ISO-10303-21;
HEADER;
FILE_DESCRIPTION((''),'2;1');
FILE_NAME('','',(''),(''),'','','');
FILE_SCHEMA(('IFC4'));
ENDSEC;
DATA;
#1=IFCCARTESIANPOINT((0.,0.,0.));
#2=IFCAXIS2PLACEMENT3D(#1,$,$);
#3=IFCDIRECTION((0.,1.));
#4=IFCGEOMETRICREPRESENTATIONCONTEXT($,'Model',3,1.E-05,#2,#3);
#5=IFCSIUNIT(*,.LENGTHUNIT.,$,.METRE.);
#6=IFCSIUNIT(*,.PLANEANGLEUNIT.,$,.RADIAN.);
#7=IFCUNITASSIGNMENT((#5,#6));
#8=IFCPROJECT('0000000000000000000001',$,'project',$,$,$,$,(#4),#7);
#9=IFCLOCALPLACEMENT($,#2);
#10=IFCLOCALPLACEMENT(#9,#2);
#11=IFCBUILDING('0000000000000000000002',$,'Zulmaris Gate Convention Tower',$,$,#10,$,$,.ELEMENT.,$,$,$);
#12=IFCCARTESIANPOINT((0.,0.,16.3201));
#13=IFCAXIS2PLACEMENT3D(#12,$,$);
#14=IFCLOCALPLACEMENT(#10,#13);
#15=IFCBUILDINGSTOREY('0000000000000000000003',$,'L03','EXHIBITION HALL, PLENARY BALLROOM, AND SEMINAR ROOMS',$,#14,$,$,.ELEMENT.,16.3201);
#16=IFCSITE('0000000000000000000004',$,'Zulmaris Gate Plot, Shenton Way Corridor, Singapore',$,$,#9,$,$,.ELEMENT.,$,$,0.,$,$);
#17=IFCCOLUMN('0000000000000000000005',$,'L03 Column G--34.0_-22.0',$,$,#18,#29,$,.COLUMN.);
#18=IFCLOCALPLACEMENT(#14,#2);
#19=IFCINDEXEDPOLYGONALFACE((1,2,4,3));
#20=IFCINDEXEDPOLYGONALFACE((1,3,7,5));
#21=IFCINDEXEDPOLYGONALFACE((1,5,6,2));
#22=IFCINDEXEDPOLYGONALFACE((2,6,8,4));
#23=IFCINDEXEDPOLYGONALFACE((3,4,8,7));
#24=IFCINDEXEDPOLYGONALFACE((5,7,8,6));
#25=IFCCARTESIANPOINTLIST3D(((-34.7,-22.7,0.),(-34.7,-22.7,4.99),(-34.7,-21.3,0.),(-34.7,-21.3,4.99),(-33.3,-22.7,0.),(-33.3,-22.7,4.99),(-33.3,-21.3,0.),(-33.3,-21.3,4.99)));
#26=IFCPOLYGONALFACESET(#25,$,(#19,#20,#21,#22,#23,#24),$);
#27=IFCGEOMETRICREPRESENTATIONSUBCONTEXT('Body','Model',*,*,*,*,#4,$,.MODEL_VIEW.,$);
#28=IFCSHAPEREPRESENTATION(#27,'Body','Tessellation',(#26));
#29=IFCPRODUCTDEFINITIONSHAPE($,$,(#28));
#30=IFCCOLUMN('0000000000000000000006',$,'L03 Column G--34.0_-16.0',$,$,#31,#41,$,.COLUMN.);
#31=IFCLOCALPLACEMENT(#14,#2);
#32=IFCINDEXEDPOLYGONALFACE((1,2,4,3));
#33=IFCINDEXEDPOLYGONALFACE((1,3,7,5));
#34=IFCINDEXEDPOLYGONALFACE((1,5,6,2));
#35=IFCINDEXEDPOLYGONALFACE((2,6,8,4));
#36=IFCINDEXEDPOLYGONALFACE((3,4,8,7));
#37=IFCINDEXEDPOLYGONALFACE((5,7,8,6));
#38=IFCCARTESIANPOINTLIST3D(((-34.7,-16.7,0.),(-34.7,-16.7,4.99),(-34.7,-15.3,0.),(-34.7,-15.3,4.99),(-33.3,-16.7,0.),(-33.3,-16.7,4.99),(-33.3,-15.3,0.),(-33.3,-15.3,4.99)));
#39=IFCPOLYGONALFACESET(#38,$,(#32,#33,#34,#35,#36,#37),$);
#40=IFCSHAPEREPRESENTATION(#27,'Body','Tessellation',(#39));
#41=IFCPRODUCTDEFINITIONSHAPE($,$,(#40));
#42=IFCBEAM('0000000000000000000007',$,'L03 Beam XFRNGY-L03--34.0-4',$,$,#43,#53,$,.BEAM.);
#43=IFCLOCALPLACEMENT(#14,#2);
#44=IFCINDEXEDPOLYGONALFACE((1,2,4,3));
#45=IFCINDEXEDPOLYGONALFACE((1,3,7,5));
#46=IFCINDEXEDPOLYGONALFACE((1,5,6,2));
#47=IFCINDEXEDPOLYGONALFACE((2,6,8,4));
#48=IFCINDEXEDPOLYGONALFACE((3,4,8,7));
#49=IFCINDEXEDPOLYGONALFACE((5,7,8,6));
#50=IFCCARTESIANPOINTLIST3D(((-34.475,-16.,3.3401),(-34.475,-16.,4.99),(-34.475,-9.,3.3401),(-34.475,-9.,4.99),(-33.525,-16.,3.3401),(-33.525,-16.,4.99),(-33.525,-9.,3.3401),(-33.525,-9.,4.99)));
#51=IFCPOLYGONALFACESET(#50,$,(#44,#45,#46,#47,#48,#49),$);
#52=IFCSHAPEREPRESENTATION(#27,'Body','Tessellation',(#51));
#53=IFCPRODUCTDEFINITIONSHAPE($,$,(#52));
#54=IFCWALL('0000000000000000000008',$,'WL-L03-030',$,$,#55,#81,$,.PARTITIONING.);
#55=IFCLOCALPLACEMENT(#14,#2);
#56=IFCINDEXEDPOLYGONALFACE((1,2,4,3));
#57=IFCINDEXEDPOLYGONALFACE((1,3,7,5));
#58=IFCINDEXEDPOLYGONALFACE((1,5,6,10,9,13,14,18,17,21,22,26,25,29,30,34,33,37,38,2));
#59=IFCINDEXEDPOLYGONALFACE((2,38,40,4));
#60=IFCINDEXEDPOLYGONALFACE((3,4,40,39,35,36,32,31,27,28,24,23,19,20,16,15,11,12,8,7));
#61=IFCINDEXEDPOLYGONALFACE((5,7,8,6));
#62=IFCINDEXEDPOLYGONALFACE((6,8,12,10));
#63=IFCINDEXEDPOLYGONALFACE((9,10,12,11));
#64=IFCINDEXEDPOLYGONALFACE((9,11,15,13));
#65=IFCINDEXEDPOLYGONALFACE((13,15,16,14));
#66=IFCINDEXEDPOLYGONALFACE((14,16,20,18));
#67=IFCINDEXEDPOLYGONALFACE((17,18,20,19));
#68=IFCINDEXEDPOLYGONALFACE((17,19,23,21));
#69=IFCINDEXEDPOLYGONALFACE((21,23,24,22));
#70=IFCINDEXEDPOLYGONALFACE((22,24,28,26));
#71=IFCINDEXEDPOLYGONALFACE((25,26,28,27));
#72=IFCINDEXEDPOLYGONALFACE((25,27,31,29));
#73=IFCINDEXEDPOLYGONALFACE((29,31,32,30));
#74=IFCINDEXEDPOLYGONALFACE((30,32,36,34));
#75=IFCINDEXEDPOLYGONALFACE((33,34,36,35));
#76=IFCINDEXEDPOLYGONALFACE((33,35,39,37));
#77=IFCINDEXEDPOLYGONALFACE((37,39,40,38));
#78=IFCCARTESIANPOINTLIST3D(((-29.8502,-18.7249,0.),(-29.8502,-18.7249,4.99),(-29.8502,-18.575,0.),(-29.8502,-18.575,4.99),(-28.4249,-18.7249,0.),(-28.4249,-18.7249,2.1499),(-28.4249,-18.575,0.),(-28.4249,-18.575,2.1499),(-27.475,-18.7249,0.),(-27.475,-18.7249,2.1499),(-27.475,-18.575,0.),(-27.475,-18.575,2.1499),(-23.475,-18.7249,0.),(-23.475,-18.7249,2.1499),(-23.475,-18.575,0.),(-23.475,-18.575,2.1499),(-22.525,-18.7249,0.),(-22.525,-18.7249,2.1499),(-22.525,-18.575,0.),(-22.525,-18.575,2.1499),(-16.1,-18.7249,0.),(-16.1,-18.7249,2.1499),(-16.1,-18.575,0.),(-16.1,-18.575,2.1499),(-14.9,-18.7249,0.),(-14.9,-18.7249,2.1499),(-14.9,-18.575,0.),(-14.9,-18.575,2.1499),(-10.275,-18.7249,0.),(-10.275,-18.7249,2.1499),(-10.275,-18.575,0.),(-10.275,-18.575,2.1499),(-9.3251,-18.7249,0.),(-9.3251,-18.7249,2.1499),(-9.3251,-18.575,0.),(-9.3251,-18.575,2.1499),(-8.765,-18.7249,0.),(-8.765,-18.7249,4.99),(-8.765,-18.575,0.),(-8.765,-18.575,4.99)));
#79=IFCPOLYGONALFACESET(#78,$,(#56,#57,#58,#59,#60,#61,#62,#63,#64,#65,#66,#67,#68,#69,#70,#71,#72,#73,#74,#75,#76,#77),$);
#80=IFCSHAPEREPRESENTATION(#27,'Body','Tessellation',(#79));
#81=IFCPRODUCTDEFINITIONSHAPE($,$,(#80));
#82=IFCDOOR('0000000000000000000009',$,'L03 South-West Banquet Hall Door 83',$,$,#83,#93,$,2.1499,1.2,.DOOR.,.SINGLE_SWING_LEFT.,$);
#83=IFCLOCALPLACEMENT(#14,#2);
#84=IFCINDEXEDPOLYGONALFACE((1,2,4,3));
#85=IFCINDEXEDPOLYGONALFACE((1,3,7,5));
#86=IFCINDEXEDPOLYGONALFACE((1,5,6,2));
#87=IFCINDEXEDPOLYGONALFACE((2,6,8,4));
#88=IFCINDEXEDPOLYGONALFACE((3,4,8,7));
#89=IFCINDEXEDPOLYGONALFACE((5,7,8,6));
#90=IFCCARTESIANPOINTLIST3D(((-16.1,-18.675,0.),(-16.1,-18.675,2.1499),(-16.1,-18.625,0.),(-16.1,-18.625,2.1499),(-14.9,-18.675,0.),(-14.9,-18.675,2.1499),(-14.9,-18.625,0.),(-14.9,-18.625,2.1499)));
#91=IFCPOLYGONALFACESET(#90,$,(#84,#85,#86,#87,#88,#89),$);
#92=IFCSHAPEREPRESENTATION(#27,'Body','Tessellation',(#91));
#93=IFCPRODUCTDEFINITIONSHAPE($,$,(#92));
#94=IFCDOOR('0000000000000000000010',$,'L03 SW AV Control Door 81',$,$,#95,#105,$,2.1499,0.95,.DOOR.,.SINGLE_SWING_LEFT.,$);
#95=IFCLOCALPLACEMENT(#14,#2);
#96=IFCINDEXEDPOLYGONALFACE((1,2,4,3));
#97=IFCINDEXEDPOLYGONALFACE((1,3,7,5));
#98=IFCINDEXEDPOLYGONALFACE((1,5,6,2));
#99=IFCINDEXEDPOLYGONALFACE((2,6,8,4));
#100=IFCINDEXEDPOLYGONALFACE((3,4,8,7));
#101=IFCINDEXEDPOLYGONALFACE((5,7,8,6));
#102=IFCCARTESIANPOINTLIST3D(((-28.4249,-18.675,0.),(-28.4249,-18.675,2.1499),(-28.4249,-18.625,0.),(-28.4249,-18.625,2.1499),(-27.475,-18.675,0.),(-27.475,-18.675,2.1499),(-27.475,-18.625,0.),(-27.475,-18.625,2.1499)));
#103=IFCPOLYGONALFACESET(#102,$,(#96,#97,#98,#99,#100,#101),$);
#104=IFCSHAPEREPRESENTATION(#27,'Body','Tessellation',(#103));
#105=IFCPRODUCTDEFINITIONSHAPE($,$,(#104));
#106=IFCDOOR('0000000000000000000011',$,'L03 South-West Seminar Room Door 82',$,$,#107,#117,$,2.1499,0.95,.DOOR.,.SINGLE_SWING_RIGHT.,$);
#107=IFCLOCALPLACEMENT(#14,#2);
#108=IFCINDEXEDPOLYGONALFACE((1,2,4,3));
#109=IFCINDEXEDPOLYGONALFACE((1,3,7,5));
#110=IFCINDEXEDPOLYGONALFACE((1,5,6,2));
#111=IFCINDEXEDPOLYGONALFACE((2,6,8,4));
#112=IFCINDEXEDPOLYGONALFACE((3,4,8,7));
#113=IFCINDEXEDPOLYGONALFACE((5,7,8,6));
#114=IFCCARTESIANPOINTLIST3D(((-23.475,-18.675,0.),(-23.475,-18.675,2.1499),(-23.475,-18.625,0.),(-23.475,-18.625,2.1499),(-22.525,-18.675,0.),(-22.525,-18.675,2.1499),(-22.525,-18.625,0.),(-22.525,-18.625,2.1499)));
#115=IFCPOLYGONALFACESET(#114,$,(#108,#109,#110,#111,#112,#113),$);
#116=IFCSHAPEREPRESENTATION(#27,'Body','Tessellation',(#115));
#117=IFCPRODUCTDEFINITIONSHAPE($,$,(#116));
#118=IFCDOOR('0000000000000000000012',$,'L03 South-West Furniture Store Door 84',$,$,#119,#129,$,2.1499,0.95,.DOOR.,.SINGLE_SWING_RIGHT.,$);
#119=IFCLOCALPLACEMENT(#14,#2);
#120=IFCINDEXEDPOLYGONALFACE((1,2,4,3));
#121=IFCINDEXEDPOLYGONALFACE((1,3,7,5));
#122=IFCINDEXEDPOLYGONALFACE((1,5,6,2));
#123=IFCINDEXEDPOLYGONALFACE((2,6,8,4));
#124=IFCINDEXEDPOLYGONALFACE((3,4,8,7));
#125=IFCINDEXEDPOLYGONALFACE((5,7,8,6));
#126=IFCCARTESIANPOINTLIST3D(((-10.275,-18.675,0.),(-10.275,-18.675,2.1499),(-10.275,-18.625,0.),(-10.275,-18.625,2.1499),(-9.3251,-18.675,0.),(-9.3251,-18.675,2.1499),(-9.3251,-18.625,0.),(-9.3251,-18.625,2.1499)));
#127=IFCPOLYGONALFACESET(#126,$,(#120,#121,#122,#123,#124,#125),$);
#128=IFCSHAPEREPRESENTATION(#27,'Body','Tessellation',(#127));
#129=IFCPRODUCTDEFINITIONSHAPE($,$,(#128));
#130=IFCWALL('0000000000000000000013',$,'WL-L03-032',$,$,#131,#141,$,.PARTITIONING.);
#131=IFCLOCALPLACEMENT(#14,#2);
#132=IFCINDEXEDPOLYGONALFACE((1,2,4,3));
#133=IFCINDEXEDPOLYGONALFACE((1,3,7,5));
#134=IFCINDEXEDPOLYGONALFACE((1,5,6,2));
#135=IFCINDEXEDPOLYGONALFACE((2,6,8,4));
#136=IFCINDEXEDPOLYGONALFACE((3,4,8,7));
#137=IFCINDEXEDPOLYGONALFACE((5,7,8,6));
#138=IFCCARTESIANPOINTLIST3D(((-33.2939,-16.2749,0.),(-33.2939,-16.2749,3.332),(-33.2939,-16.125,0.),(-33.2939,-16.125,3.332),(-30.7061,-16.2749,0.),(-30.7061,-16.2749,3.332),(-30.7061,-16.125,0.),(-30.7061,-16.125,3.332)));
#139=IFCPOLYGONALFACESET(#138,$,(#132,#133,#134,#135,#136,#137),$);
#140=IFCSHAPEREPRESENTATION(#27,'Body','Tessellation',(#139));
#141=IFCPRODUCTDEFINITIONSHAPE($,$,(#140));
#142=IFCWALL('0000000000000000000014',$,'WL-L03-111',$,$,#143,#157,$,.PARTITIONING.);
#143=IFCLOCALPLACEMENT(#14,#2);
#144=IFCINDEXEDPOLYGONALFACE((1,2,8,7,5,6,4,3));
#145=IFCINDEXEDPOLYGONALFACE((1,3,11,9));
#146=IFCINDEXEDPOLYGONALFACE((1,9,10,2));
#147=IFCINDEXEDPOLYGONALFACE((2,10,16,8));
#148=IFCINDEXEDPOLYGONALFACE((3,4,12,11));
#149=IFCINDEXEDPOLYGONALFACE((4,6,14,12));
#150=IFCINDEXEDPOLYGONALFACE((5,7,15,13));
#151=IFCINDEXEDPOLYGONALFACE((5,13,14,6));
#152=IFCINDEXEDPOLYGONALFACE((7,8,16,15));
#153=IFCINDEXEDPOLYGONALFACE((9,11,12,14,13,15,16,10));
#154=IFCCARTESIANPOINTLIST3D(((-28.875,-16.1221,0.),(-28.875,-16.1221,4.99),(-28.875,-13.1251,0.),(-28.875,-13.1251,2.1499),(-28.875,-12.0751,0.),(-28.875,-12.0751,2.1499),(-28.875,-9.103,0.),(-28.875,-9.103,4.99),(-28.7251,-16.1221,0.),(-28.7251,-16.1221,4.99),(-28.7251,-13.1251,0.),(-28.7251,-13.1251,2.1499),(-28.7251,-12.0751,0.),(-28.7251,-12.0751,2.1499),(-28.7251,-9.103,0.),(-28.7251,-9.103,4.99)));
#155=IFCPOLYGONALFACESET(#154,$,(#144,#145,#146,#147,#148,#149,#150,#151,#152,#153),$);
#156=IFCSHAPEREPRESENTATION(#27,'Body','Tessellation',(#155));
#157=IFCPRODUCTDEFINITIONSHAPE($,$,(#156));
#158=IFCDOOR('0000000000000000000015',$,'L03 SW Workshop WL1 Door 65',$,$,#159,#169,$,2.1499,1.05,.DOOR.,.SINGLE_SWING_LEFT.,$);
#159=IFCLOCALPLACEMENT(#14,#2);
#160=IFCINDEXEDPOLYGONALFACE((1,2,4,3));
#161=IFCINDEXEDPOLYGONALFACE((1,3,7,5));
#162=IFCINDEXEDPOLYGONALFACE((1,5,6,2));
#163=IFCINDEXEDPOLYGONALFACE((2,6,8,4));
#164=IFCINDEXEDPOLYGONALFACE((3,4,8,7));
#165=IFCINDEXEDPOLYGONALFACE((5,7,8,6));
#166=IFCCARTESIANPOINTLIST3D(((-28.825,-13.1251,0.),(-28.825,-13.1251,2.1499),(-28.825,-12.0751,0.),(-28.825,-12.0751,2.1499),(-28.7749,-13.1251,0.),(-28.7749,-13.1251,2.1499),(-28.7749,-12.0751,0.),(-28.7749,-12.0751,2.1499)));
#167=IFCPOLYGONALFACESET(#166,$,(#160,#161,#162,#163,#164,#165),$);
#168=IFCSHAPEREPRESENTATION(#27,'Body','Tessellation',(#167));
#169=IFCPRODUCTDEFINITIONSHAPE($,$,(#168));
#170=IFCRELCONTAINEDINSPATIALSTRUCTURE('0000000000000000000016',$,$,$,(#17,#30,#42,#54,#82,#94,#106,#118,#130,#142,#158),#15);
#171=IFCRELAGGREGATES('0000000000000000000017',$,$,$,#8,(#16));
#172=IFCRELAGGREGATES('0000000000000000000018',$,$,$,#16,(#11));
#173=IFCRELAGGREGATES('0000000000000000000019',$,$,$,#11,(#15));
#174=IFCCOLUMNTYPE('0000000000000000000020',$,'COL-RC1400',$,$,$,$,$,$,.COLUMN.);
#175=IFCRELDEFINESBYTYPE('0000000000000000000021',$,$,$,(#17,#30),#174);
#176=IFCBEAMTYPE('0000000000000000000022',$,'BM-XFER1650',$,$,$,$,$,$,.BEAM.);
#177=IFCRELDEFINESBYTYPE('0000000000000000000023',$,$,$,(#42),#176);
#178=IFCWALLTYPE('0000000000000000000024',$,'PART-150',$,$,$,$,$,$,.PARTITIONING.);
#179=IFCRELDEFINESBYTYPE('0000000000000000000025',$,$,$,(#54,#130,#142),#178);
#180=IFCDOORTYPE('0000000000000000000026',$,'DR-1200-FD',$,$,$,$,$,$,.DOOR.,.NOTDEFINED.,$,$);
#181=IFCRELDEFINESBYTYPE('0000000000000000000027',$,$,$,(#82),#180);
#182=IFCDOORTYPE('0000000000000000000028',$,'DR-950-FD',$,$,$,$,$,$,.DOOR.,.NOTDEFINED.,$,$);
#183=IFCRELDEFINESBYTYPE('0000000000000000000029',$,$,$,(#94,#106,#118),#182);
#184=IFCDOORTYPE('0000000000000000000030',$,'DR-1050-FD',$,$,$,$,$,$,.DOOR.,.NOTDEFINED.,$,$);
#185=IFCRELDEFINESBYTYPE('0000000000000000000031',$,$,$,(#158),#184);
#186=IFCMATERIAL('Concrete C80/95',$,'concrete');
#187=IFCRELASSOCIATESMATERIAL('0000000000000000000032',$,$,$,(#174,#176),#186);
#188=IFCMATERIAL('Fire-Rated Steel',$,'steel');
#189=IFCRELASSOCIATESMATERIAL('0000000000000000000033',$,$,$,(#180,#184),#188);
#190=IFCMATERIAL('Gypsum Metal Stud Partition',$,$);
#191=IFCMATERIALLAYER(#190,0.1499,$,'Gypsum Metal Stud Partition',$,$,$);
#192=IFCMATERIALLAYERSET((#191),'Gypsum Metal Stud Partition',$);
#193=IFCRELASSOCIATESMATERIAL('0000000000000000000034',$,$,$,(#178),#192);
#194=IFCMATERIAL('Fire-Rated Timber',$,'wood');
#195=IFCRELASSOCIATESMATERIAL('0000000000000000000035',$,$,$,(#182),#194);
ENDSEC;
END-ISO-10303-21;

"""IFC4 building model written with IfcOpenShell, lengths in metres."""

from ifc_helpers import new_model, si_unit, direction, frame, frame_2d, origin, origin_2d, place, context, subcontext, project, spatial, rectangle, extrude, material, layer, layer_set, material_profile, profile_set, type_object, element, fill, save


model = new_model("IFC4")

# Units and contexts
model_context = context("Model", 3, precision=1e-05, world=origin(), true_north=direction((0.0, 1.0)))
body_context = subcontext(model_context, "Body", "Model", "MODEL_VIEW")
ifc_project = project(units=[si_unit("LENGTHUNIT", "METRE"), si_unit("PLANEANGLEUNIT", "RADIAN")], contexts=[model_context])

# Site, building, storey
site_placement = place(None, origin())
site = spatial("IfcSite", under=ifc_project, at=site_placement, Name="Zulmaris Gate Plot, Shenton Way Corridor, Singapore", CompositionType="ELEMENT", RefElevation=0.0)
building_placement = place(site_placement, origin())
building = spatial("IfcBuilding", under=site, at=building_placement, Name="Zulmaris Gate Convention Tower", CompositionType="ELEMENT")
storey_placement = place(building_placement, frame((0.0, 0.0, 16.3201)))
storey = spatial("IfcBuildingStorey", under=building, at=storey_placement, Name="L03", Description="EXHIBITION HALL, PLENARY BALLROOM, AND SEMINAR ROOMS", CompositionType="ELEMENT", Elevation=16.3201)

# Columns
ifc_material_1 = material(Name="Concrete C80/95", Category="concrete")
ifc_material_profile_1 = material_profile(ifc_material_1, rectangle(XDim=1.3999, YDim=1.3999, at=origin_2d()), Name="RC COL 1400x1400")
ifc_profile_set_1 = profile_set([ifc_material_profile_1], Name="Concrete C80/95")
column_type = type_object("IfcColumnType", Name="COL-RC1400", PredefinedType="COLUMN", material=ifc_profile_set_1)
for number, where, z_axis, x_axis, name in (
    (1, (-34.0, -22.0, 0.0), (0.0, 0.0, 1.0), (1.0, 0.0, 0.0), "L03 Column G--34.0_-22.0"),
    (2, (-34.0, -16.0, 0.0), (0.0, 0.0, 1.0), (1.0, 0.0, 0.0), "L03 Column G--34.0_-16.0"),
):
    element("IfcColumn", number, at=place(storey_placement, frame(where, z_axis=z_axis, x_axis=x_axis)), inside=storey, type_object=column_type, Name=name, PredefinedType="COLUMN", context=body_context, shape_type="SweptSolid", body=[
        extrude(rectangle(XDim=1.3999, YDim=1.3999, at=origin_2d()), origin(), (0.0, 0.0, 1.0), 4.99),
    ])

# Beam
ifc_material_profile_2 = material_profile(ifc_material_1, rectangle(XDim=0.95, YDim=1.6499, at=origin_2d()), Name="RC TRANSFER 950x1650")
ifc_profile_set_2 = profile_set([ifc_material_profile_2], Name="Concrete C80/95")
beam_type = type_object("IfcBeamType", Name="BM-XFER1650", PredefinedType="BEAM", material=ifc_profile_set_2)
beam_placement = place(storey_placement, frame((-34.0, -16.0, 4.165), z_axis=(0.0, 1.0, 0.0), x_axis=(-1.0, 0.0, 0.0)))
element("IfcBeam", 3, at=beam_placement, inside=storey, type_object=beam_type, Name="L03 Beam XFRNGY-L03--34.0-4", PredefinedType="BEAM", context=body_context, shape_type="SweptSolid", body=[
    extrude(rectangle(XDim=0.95, YDim=1.6499, at=origin_2d()), origin(), (0.0, 0.0, 1.0), 7.0),
])

# Shared definitions
ifc_material_2 = material(Name="Fire-Rated Steel", Category="steel")
door_type_1 = type_object("IfcDoorType", Name="DR-1200-FD", OperationType="NOTDEFINED", PredefinedType="DOOR", material=ifc_material_2)

# Wall, openings, doors
ifc_material_3 = material(Name="Gypsum Metal Stud Partition")
ifc_layer_1 = layer(ifc_material_3, 0.1499, Name="Gypsum Metal Stud Partition")
ifc_layer_set_1 = layer_set([ifc_layer_1], Name="Gypsum Metal Stud Partition")
wall_type_1 = type_object("IfcWallType", Name="PART-150", PredefinedType="PARTITIONING", material=ifc_layer_set_1)
wall_1_placement = place(storey_placement, frame((-29.8501, -18.6499, 0.0), z_axis=(0.0, 0.0, 1.0), x_axis=(1.0, 0.0, 0.0)))
wall_1 = element("IfcWall", 4, at=wall_1_placement, inside=storey, type_object=wall_type_1, Name="WL-L03-030", PredefinedType="PARTITIONING", context=body_context, shape_type="SweptSolid", body=[
    extrude(rectangle(XDim=21.0852, YDim=0.1499, at=frame_2d((10.5425, 0.0))), origin(), (0.0, 0.0, 1.0), 4.99),
])
opening_1_placement = place(wall_1_placement, frame((1.425, 0.0, 0.0)))
opening_1 = element("IfcOpeningElement", 5, at=opening_1_placement, cuts=wall_1, PredefinedType="OPENING", context=body_context, shape_type="SweptSolid", body=[
    extrude(rectangle(XDim=0.95, YDim=2.1499, at=frame_2d((0.4751, 1.075))), frame((0.0, 0.085, 0.0), z_axis=(0.0, -1.0, 0.0), x_axis=(1.0, 0.0, 0.0)), (0.0, 0.0, 1.0), 0.1699),
])
opening_2_placement = place(wall_1_placement, frame((6.375, 0.0, 0.0)))
opening_2 = element("IfcOpeningElement", 6, at=opening_2_placement, cuts=wall_1, PredefinedType="OPENING", context=body_context, shape_type="SweptSolid", body=[
    extrude(rectangle(XDim=0.95, YDim=2.1499, at=frame_2d((0.4751, 1.075))), frame((0.0, 0.085, 0.0), z_axis=(0.0, -1.0, 0.0), x_axis=(1.0, 0.0, 0.0)), (0.0, 0.0, 1.0), 0.1699),
])
opening_3_placement = place(wall_1_placement, frame((13.75, 0.0, 0.0)))
opening_3 = element("IfcOpeningElement", 7, at=opening_3_placement, cuts=wall_1, PredefinedType="OPENING", context=body_context, shape_type="SweptSolid", body=[
    extrude(rectangle(XDim=1.2, YDim=2.1499, at=frame_2d((0.6001, 1.075))), frame((0.0, 0.085, 0.0), z_axis=(0.0, -1.0, 0.0), x_axis=(1.0, 0.0, 0.0)), (0.0, 0.0, 1.0), 0.1699),
])
opening_4_placement = place(wall_1_placement, frame((19.575, 0.0, 0.0)))
opening_4 = element("IfcOpeningElement", 8, at=opening_4_placement, cuts=wall_1, PredefinedType="OPENING", context=body_context, shape_type="SweptSolid", body=[
    extrude(rectangle(XDim=0.95, YDim=2.1499, at=frame_2d((0.4751, 1.075))), frame((0.0, 0.085, 0.0), z_axis=(0.0, -1.0, 0.0), x_axis=(1.0, 0.0, 0.0)), (0.0, 0.0, 1.0), 0.1699),
])
door_1_placement = place(opening_3_placement, origin())
door_1 = element("IfcDoor", 9, at=door_1_placement, inside=storey, type_object=door_type_1, Name="L03 South-West Banquet Hall Door 83", OperationType="SINGLE_SWING_LEFT", OverallHeight=2.1499, OverallWidth=1.2, PredefinedType="DOOR", context=body_context, shape_type="SweptSolid", body=[
    extrude(rectangle(XDim=1.2, YDim=2.1499, at=frame_2d((0.6001, 1.075))), frame((0.0, 0.0249, 0.0), z_axis=(0.0, -1.0, 0.0), x_axis=(1.0, 0.0, 0.0)), (0.0, 0.0, 1.0), 0.05),
])
fill(opening_3, door_1)
ifc_material_4 = material(Name="Fire-Rated Timber", Category="wood")
door_type_2 = type_object("IfcDoorType", Name="DR-950-FD", OperationType="NOTDEFINED", PredefinedType="DOOR", material=ifc_material_4)
door_2_placement = place(opening_1_placement, origin())
door_2 = element("IfcDoor", 10, at=door_2_placement, inside=storey, type_object=door_type_2, Name="L03 SW AV Control Door 81", OperationType="SINGLE_SWING_LEFT", OverallHeight=2.1499, OverallWidth=0.95, PredefinedType="DOOR", context=body_context, shape_type="SweptSolid", body=[
    extrude(rectangle(XDim=0.95, YDim=2.1499, at=frame_2d((0.4751, 1.075))), frame((0.0, 0.0249, 0.0), z_axis=(0.0, -1.0, 0.0), x_axis=(1.0, 0.0, 0.0)), (0.0, 0.0, 1.0), 0.05),
])
fill(opening_1, door_2)
door_3_placement = place(opening_2_placement, origin())
door_3 = element("IfcDoor", 11, at=door_3_placement, inside=storey, type_object=door_type_2, Name="L03 South-West Seminar Room Door 82", OperationType="SINGLE_SWING_RIGHT", OverallHeight=2.1499, OverallWidth=0.95, PredefinedType="DOOR", context=body_context, shape_type="SweptSolid", body=[
    extrude(rectangle(XDim=0.95, YDim=2.1499, at=frame_2d((0.4751, 1.075))), frame((0.0, 0.0249, 0.0), z_axis=(0.0, -1.0, 0.0), x_axis=(1.0, 0.0, 0.0)), (0.0, 0.0, 1.0), 0.05),
])
fill(opening_2, door_3)
door_4_placement = place(opening_4_placement, origin())
door_4 = element("IfcDoor", 12, at=door_4_placement, inside=storey, type_object=door_type_2, Name="L03 South-West Furniture Store Door 84", OperationType="SINGLE_SWING_RIGHT", OverallHeight=2.1499, OverallWidth=0.95, PredefinedType="DOOR", context=body_context, shape_type="SweptSolid", body=[
    extrude(rectangle(XDim=0.95, YDim=2.1499, at=frame_2d((0.4751, 1.075))), frame((0.0, 0.0249, 0.0), z_axis=(0.0, -1.0, 0.0), x_axis=(1.0, 0.0, 0.0)), (0.0, 0.0, 1.0), 0.05),
])
fill(opening_4, door_4)

# Wall
wall_2_placement = place(storey_placement, frame((-33.2939, -16.2, 0.0), z_axis=(0.0, 0.0, 1.0), x_axis=(1.0, 0.0, 0.0)))
element("IfcWall", 13, at=wall_2_placement, inside=storey, type_object=wall_type_1, Name="WL-L03-032", PredefinedType="PARTITIONING", context=body_context, shape_type="SweptSolid", body=[
    extrude(rectangle(XDim=2.5879, YDim=0.1499, at=frame_2d((1.2939, 0.0))), origin(), (0.0, 0.0, 1.0), 3.332),
])

# Wall, opening, door
door_type_3 = type_object("IfcDoorType", Name="DR-1050-FD", OperationType="NOTDEFINED", PredefinedType="DOOR", material=ifc_material_2)
wall_3_placement = place(storey_placement, frame((-28.8, -16.1221, 0.0), z_axis=(0.0, 0.0, 1.0), x_axis=(0.0, 1.0, 0.0)))
wall_3 = element("IfcWall", 14, at=wall_3_placement, inside=storey, type_object=wall_type_1, Name="WL-L03-111", PredefinedType="PARTITIONING", context=body_context, shape_type="SweptSolid", body=[
    extrude(rectangle(XDim=7.019, YDim=0.1499, at=frame_2d((3.5095, 0.0))), origin(), (0.0, 0.0, 1.0), 4.99),
])
opening_5_placement = place(wall_3_placement, frame((2.9971, 0.0, 0.0)))
opening_5 = element("IfcOpeningElement", 15, at=opening_5_placement, cuts=wall_3, PredefinedType="OPENING", context=body_context, shape_type="SweptSolid", body=[
    extrude(rectangle(XDim=1.05, YDim=2.1499, at=frame_2d((0.5249, 1.075))), frame((0.0, 0.085, 0.0), z_axis=(0.0, -1.0, 0.0), x_axis=(1.0, 0.0, 0.0)), (0.0, 0.0, 1.0), 0.1699),
])
door_5_placement = place(opening_5_placement, origin())
door_5 = element("IfcDoor", 16, at=door_5_placement, inside=storey, type_object=door_type_3, Name="L03 SW Workshop WL1 Door 65", OperationType="SINGLE_SWING_LEFT", OverallHeight=2.1499, OverallWidth=1.05, PredefinedType="DOOR", context=body_context, shape_type="SweptSolid", body=[
    extrude(rectangle(XDim=1.05, YDim=2.1499, at=frame_2d((0.5249, 1.075))), frame((0.0, 0.0249, 0.0), z_axis=(0.0, -1.0, 0.0), x_axis=(1.0, 0.0, 0.0)), (0.0, 0.0, 1.0), 0.05),
])
fill(opening_5, door_5)

save(model, "model.ifc")
